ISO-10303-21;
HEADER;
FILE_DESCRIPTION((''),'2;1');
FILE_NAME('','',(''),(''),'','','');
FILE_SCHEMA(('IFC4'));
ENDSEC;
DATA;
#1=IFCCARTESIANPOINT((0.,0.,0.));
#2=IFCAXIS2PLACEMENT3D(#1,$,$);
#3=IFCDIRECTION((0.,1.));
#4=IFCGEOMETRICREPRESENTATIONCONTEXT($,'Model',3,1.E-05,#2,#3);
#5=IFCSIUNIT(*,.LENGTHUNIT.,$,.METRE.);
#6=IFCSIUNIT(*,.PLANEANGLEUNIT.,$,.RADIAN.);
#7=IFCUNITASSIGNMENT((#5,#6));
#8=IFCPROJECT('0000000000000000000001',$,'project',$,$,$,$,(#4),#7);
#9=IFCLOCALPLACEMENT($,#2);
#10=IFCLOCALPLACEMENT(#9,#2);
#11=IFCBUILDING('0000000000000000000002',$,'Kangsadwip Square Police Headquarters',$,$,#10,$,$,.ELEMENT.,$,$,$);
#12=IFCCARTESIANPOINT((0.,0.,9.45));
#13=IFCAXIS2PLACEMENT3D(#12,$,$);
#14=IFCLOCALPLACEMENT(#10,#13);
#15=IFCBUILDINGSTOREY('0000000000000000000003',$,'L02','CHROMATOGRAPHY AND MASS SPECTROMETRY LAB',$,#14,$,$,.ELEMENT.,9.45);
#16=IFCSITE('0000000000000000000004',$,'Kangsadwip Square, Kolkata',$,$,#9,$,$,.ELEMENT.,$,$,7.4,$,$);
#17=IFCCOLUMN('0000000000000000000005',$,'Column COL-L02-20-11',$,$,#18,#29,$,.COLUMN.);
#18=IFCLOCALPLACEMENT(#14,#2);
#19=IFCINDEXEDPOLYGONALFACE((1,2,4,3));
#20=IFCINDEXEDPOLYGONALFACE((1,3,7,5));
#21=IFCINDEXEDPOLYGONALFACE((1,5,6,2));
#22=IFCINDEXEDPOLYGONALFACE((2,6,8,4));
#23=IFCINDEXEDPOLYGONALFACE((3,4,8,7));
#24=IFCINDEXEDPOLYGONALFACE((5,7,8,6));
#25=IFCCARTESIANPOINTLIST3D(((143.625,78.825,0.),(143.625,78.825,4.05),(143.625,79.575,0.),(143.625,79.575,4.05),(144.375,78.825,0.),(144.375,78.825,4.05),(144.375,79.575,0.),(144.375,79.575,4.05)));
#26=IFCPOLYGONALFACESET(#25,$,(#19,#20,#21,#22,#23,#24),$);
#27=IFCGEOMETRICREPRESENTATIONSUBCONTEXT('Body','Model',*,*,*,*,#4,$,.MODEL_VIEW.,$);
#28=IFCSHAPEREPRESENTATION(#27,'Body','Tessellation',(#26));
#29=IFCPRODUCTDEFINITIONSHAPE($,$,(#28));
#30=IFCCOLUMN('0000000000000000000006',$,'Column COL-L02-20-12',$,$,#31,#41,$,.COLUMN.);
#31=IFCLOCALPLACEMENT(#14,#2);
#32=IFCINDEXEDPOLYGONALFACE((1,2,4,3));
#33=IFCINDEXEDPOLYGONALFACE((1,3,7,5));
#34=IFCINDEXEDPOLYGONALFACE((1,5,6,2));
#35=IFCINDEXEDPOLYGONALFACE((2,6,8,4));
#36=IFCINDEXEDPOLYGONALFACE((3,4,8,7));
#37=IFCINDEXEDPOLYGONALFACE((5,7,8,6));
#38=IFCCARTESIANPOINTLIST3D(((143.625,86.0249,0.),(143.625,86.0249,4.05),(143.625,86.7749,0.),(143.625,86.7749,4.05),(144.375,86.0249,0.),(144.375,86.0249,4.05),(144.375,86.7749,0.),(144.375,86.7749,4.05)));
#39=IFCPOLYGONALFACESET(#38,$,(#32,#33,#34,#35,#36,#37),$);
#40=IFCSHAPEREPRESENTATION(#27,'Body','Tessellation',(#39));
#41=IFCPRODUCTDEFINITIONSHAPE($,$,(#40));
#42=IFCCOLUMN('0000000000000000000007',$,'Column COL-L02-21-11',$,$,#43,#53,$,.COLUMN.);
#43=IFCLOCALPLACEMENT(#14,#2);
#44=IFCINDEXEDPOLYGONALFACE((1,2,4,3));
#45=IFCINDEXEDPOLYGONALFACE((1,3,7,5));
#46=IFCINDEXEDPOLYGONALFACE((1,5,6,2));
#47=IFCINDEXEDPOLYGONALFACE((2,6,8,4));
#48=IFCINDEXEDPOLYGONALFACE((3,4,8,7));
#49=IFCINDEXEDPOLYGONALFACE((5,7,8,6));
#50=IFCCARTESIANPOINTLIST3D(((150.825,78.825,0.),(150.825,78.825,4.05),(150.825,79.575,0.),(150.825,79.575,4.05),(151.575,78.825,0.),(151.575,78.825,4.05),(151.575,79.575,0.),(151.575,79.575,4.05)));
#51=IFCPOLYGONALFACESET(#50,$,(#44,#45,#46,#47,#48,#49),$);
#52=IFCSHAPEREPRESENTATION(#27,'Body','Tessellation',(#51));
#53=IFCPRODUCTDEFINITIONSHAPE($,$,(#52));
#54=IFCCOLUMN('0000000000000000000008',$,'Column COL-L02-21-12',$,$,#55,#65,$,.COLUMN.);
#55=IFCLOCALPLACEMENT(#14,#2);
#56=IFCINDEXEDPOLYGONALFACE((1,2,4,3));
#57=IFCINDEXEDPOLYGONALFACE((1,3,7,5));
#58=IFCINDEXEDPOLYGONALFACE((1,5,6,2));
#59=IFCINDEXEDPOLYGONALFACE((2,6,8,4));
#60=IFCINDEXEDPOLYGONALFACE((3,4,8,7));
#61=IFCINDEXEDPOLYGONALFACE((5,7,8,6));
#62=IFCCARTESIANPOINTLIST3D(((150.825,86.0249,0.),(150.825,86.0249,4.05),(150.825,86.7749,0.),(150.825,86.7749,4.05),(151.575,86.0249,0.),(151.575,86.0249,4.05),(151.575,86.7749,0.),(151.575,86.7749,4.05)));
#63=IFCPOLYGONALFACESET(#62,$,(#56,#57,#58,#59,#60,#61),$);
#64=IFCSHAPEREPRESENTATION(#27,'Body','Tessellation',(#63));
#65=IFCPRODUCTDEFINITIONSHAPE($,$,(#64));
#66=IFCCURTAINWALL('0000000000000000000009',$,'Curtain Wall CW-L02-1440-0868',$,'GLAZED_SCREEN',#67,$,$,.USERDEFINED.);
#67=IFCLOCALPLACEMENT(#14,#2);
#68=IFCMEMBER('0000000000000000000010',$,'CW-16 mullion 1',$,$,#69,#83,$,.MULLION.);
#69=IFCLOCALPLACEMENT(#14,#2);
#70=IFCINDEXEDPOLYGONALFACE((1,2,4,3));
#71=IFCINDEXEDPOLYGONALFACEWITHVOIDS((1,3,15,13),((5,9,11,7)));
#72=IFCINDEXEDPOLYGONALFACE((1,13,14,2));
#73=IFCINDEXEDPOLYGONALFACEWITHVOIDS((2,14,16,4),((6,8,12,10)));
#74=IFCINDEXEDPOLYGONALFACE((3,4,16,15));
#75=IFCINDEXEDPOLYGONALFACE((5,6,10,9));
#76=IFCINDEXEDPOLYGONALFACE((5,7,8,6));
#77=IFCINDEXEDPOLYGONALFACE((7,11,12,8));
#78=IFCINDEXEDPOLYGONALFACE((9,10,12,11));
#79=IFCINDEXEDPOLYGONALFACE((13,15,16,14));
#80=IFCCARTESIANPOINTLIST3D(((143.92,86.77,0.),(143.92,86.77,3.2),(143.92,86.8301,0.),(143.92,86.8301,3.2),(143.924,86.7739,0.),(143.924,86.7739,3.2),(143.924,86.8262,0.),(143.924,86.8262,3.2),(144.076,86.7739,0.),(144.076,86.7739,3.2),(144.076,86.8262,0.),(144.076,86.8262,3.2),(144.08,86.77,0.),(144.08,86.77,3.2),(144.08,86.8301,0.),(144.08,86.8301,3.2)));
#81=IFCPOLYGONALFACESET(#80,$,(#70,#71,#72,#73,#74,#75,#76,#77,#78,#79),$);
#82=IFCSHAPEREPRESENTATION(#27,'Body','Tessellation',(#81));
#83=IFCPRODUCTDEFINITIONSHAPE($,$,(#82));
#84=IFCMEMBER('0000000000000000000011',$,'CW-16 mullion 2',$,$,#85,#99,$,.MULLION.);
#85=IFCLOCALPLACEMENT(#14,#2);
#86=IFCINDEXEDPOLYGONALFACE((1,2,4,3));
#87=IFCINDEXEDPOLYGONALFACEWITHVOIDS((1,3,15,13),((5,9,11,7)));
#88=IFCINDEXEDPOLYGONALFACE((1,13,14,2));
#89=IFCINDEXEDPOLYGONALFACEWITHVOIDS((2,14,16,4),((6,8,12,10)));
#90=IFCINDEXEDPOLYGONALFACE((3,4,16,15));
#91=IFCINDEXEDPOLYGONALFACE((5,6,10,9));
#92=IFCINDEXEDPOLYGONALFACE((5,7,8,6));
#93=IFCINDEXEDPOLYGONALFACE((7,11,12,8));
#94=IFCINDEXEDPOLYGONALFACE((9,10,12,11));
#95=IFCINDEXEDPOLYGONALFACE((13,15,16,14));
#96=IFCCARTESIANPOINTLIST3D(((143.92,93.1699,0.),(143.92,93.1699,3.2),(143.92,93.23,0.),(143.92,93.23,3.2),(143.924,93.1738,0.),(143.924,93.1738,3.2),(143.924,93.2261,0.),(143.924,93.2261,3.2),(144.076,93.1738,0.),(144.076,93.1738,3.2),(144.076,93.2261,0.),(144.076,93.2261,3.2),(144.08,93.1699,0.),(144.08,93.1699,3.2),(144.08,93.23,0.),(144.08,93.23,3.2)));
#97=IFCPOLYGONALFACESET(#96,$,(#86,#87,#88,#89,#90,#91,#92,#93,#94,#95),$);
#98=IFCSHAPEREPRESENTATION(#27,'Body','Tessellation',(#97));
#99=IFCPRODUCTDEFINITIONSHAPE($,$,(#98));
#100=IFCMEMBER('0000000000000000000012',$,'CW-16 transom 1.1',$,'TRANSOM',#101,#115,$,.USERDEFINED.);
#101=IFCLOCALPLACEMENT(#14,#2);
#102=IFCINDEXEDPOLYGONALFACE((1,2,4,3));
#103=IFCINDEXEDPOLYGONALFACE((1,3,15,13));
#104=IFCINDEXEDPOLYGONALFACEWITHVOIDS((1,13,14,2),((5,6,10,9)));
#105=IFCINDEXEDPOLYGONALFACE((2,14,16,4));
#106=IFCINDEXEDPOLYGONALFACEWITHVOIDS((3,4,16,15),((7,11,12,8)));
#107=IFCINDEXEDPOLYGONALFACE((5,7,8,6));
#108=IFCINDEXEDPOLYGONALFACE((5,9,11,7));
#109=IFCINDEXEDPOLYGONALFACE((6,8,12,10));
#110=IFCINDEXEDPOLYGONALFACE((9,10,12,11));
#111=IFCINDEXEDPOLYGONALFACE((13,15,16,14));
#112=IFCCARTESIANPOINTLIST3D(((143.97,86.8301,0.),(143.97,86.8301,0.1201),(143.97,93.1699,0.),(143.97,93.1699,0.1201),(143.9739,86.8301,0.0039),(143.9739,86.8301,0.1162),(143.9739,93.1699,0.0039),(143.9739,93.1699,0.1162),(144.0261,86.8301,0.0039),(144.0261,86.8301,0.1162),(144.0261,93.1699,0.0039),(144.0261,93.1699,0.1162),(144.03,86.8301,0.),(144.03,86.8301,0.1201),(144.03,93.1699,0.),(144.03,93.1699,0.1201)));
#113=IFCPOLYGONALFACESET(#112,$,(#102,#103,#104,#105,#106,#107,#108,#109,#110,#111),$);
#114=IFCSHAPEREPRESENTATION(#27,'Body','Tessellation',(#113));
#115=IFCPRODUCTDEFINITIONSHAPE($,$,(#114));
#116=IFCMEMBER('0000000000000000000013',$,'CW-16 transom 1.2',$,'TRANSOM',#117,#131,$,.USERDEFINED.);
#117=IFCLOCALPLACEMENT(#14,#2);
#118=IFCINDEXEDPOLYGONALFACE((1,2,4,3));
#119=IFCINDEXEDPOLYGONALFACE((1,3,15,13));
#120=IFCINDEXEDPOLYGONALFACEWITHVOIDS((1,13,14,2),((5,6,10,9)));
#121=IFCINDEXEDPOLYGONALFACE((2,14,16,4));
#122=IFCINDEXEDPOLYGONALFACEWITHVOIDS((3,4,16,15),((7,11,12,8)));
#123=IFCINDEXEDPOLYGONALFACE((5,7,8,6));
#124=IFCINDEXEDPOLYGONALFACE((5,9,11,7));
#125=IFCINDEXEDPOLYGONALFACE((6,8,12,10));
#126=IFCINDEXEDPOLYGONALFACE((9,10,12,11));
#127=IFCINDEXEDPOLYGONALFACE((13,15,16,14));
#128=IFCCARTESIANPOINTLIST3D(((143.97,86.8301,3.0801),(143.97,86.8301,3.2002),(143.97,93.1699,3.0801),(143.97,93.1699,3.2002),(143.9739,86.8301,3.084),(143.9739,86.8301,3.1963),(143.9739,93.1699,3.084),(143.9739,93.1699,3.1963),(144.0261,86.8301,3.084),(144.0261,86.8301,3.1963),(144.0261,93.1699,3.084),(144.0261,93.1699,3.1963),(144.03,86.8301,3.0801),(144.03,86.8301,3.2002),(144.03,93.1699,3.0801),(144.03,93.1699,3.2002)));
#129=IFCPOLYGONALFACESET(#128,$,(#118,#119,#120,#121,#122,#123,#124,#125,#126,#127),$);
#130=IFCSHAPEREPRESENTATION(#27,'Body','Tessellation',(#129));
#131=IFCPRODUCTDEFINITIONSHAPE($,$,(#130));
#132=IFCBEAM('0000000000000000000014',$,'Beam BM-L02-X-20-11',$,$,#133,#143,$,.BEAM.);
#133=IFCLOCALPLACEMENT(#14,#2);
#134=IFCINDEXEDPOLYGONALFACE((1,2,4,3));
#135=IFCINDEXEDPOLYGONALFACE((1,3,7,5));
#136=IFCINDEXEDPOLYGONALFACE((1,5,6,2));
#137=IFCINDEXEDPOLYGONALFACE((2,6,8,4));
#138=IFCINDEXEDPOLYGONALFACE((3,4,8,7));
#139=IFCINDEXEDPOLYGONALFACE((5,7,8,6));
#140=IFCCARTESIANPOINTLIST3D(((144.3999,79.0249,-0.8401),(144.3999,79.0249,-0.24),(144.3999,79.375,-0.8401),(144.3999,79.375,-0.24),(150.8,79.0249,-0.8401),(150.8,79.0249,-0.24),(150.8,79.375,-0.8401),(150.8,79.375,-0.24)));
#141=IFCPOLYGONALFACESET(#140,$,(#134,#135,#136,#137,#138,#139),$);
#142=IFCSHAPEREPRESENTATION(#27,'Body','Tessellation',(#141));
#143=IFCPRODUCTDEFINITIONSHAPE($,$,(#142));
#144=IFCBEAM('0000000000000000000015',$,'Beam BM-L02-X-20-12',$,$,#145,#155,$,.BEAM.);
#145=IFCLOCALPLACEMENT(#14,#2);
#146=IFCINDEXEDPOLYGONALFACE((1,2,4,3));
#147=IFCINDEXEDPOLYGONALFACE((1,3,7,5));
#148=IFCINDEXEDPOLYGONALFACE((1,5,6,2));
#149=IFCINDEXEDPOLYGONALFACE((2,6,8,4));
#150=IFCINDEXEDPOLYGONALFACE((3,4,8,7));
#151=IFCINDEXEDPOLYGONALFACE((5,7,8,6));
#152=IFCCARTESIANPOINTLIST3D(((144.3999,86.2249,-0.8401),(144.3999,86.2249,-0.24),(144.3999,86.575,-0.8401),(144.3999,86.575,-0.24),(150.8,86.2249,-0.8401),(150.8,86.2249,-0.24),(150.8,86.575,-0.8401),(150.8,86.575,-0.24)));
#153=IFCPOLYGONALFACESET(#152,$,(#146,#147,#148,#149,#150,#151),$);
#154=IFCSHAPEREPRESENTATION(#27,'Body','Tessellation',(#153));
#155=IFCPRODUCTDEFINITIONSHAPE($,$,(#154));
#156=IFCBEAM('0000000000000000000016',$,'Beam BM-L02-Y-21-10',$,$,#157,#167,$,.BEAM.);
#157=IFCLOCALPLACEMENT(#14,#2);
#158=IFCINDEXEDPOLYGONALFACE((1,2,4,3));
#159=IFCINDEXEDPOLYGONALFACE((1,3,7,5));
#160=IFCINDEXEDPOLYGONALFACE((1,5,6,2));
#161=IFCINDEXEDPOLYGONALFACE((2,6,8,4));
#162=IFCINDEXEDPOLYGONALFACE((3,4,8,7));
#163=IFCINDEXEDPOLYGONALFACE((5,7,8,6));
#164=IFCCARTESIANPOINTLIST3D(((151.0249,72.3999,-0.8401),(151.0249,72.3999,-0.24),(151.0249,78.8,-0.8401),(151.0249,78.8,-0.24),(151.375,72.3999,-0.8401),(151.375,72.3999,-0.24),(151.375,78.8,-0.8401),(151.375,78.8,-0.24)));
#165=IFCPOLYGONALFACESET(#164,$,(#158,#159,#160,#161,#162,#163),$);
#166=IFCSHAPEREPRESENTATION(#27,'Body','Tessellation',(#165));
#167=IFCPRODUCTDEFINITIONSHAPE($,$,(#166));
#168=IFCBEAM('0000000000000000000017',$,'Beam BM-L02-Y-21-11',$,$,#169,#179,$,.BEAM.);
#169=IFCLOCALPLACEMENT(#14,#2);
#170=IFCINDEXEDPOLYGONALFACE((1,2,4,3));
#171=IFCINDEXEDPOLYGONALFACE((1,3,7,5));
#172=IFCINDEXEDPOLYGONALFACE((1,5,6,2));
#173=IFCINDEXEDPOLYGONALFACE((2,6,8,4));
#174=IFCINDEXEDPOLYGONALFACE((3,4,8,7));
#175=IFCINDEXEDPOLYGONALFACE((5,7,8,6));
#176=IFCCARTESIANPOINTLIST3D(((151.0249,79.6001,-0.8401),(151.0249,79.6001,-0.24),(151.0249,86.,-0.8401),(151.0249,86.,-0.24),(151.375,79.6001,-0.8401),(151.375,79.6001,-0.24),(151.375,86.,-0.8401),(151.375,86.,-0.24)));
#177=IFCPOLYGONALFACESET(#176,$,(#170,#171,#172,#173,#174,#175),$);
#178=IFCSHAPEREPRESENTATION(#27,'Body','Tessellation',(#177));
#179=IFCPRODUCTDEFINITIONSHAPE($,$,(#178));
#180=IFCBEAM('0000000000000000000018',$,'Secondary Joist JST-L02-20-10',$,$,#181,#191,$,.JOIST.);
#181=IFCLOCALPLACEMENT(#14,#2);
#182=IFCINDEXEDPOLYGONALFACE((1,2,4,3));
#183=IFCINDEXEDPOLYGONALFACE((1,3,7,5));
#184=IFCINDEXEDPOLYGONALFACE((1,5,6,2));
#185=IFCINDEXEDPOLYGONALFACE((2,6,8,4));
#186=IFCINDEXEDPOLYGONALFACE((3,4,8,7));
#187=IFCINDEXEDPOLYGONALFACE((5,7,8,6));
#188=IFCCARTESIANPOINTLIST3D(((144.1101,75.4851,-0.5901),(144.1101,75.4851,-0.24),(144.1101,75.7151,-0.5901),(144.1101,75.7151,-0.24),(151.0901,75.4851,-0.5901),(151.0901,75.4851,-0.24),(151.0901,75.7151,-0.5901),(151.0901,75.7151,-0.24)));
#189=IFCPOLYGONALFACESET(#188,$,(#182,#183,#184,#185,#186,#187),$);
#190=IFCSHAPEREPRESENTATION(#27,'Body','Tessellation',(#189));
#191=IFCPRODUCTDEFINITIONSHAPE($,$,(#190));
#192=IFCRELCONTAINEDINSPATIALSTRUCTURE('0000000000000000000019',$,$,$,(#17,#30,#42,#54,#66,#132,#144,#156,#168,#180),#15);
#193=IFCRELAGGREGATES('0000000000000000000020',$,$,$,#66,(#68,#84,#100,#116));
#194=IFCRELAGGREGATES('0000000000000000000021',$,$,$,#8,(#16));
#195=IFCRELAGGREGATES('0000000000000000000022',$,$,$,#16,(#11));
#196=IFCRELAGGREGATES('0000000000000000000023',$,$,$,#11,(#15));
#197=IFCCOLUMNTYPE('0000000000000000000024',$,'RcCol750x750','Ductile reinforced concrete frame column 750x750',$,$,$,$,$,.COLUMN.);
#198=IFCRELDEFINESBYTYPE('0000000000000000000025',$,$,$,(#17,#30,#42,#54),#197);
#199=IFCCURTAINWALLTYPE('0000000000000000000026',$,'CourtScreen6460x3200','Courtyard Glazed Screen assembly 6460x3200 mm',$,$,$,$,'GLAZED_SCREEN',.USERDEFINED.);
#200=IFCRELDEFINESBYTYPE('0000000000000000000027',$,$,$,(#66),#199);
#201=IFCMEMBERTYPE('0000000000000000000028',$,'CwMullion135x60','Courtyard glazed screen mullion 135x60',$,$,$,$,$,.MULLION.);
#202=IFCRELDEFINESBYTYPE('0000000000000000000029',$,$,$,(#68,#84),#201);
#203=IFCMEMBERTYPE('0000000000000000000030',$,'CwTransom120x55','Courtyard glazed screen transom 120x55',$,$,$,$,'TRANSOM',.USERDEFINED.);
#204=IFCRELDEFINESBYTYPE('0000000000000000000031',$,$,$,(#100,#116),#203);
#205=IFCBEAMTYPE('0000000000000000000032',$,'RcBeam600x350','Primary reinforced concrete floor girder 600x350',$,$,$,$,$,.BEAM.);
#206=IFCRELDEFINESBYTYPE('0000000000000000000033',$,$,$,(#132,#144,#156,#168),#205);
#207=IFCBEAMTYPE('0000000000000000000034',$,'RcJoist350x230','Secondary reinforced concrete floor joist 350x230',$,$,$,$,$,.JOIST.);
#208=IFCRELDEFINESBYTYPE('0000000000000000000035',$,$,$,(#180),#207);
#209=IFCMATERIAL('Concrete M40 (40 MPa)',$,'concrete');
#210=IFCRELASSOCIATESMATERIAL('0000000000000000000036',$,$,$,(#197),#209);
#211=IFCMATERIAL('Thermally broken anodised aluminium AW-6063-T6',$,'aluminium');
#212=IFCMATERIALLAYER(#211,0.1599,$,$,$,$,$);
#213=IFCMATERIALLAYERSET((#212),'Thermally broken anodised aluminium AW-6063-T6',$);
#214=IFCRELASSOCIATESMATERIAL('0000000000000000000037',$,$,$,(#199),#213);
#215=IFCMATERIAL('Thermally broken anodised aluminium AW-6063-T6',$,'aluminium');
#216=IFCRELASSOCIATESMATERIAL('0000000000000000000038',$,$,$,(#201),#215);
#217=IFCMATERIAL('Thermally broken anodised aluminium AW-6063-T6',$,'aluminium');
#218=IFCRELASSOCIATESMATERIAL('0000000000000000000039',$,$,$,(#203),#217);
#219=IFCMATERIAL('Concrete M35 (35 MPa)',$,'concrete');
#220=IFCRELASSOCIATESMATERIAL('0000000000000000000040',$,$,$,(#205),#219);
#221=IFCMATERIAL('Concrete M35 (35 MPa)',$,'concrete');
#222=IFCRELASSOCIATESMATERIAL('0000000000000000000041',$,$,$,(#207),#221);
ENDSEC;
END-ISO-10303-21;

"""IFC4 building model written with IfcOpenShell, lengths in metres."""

from ifc_helpers import new_model, si_unit, direction, frame, origin, origin_2d, place, context, subcontext, project, spatial, rectangle, hollow_rectangle, extrude, material, layer, layer_set, material_profile, profile_set, type_object, element, aggregate, save


model = new_model("IFC4")

# Units and contexts
model_context = context("Model", 3, precision=1e-05, world=origin(), true_north=direction((0.0, 1.0)))
body_context = subcontext(model_context, "Body", "Model", "MODEL_VIEW")
ifc_project = project(units=[si_unit("LENGTHUNIT", "METRE"), si_unit("PLANEANGLEUNIT", "RADIAN")], contexts=[model_context])

# Site, building, storey
site_placement = place(None, origin())
site = spatial("IfcSite", under=ifc_project, at=site_placement, Name="Kangsadwip Square, Kolkata", CompositionType="ELEMENT", RefElevation=7.4)
building_placement = place(site_placement, origin())
building = spatial("IfcBuilding", under=site, at=building_placement, Name="Kangsadwip Square Police Headquarters", CompositionType="ELEMENT")
storey_placement = place(building_placement, frame((0.0, 0.0, 9.45)))
storey = spatial("IfcBuildingStorey", under=building, at=storey_placement, Name="L02", Description="CHROMATOGRAPHY AND MASS SPECTROMETRY LAB", CompositionType="ELEMENT", Elevation=9.45)

# Columns
ifc_material_1 = material(Name="Concrete M40 (40 MPa)", Category="concrete")
ifc_material_profile_1 = material_profile(ifc_material_1, rectangle(XDim=0.75, YDim=0.75, at=origin_2d()), Name="RC COL 750X750")
ifc_profile_set_1 = profile_set([ifc_material_profile_1], Name="Concrete M40 (40 MPa)")
column_type = type_object("IfcColumnType", Name="RcCol750x750", Description="Ductile reinforced concrete frame column 750x750", PredefinedType="COLUMN", material=ifc_profile_set_1)
for number, where, z_axis, x_axis, name in (
    (1, (144.0, 79.2, 0.0), (0.0, 0.0, 1.0), (1.0, 0.0, 0.0), "Column COL-L02-20-11"),
    (2, (144.0, 86.3999, 0.0), (0.0, 0.0, 1.0), (1.0, 0.0, 0.0), "Column COL-L02-20-12"),
    (3, (151.2, 79.2, 0.0), (0.0, 0.0, 1.0), (1.0, 0.0, 0.0), "Column COL-L02-21-11"),
    (4, (151.2, 86.3999, 0.0), (0.0, 0.0, 1.0), (1.0, 0.0, 0.0), "Column COL-L02-21-12"),
):
    element("IfcColumn", number, at=place(storey_placement, frame(where, z_axis=z_axis, x_axis=x_axis)), inside=storey, type_object=column_type, Name=name, PredefinedType="COLUMN", context=body_context, shape_type="SweptSolid", body=[
        extrude(rectangle(XDim=0.75, YDim=0.75, at=origin_2d()), origin(), (0.0, 0.0, 1.0), 4.05),
    ])

# Curtain wall, members
ifc_material_2 = material(Name="Thermally broken anodised aluminium AW-6063-T6", Category="aluminium")
ifc_layer_1 = layer(ifc_material_2, 0.1599)
ifc_layer_set_1 = layer_set([ifc_layer_1], Name="Thermally broken anodised aluminium AW-6063-T6")
curtain_wall_type = type_object("IfcCurtainWallType", Name="CourtScreen6460x3200", Description="Courtyard Glazed Screen assembly 6460x3200 mm", ElementType="GLAZED_SCREEN", PredefinedType="USERDEFINED", material=ifc_layer_set_1)
curtain_wall_placement = place(storey_placement, origin())
curtain_wall = element("IfcCurtainWall", 5, at=curtain_wall_placement, inside=storey, type_object=curtain_wall_type, Name="Curtain Wall CW-L02-1440-0868", ObjectType="GLAZED_SCREEN", PredefinedType="USERDEFINED")
ifc_material_3 = material(Name="Thermally broken anodised aluminium AW-6063-T6", Category="aluminium")
ifc_material_profile_2 = material_profile(ifc_material_3, hollow_rectangle(XDim=0.0601, YDim=0.1599, WallThickness=0.0039, at=origin_2d()), Name="CWM 160X60X4")
ifc_profile_set_2 = profile_set([ifc_material_profile_2], Name="Thermally broken anodised aluminium AW-6063-T6")
member_type_1 = type_object("IfcMemberType", Name="CwMullion135x60", Description="Courtyard glazed screen mullion 135x60", PredefinedType="MULLION", material=ifc_profile_set_2)
member_1_placement = place(storey_placement, frame((144.0, 86.8, 0.0), z_axis=(0.0, 0.0, 1.0), x_axis=(0.0, 1.0, 0.0)))
member_1 = element("IfcMember", 6, at=member_1_placement, type_object=member_type_1, Name="CW-16 mullion 1", PredefinedType="MULLION", context=body_context, shape_type="SweptSolid", body=[
    extrude(hollow_rectangle(XDim=0.0601, YDim=0.1599, WallThickness=0.0039, at=origin_2d()), origin(), (0.0, 0.0, 1.0), 3.2),
])
member_2_placement = place(storey_placement, frame((144.0, 93.2, 0.0), z_axis=(0.0, 0.0, 1.0), x_axis=(0.0, 1.0, 0.0)))
member_2 = element("IfcMember", 7, at=member_2_placement, type_object=member_type_1, Name="CW-16 mullion 2", PredefinedType="MULLION", context=body_context, shape_type="SweptSolid", body=[
    extrude(hollow_rectangle(XDim=0.0601, YDim=0.1599, WallThickness=0.0039, at=origin_2d()), origin(), (0.0, 0.0, 1.0), 3.2),
])
ifc_material_4 = material(Name="Thermally broken anodised aluminium AW-6063-T6", Category="aluminium")
ifc_material_profile_3 = material_profile(ifc_material_4, hollow_rectangle(XDim=0.0601, YDim=0.1201, WallThickness=0.0039, at=origin_2d()), Name="CWT 120X60X4")
ifc_profile_set_3 = profile_set([ifc_material_profile_3], Name="Thermally broken anodised aluminium AW-6063-T6")
member_type_2 = type_object("IfcMemberType", Name="CwTransom120x55", Description="Courtyard glazed screen transom 120x55", ElementType="TRANSOM", PredefinedType="USERDEFINED", material=ifc_profile_set_3)
member_3_placement = place(storey_placement, frame((144.0, 86.8301, 0.0601), z_axis=(0.0, 1.0, 0.0), x_axis=(-1.0, 0.0, 0.0)))
member_3 = element("IfcMember", 8, at=member_3_placement, type_object=member_type_2, Name="CW-16 transom 1.1", ObjectType="TRANSOM", PredefinedType="USERDEFINED", context=body_context, shape_type="SweptSolid", body=[
    extrude(hollow_rectangle(XDim=0.0601, YDim=0.1201, WallThickness=0.0039, at=origin_2d()), origin(), (0.0, 0.0, 1.0), 6.3398),
])
member_4_placement = place(storey_placement, frame((144.0, 86.8301, 3.1401), z_axis=(0.0, 1.0, 0.0), x_axis=(-1.0, 0.0, 0.0)))
member_4 = element("IfcMember", 9, at=member_4_placement, type_object=member_type_2, Name="CW-16 transom 1.2", ObjectType="TRANSOM", PredefinedType="USERDEFINED", context=body_context, shape_type="SweptSolid", body=[
    extrude(hollow_rectangle(XDim=0.0601, YDim=0.1201, WallThickness=0.0039, at=origin_2d()), origin(), (0.0, 0.0, 1.0), 6.3398),
])

# Beams
ifc_material_5 = material(Name="Concrete M35 (35 MPa)", Category="concrete")
ifc_material_profile_4 = material_profile(ifc_material_5, rectangle(XDim=0.3501, YDim=0.6001, at=origin_2d()), Name="RC BM 600X350")
ifc_profile_set_4 = profile_set([ifc_material_profile_4], Name="Concrete M35 (35 MPa)")
beam_type_1 = type_object("IfcBeamType", Name="RcBeam600x350", Description="Primary reinforced concrete floor girder 600x350", PredefinedType="BEAM", material=ifc_profile_set_4)
for number, where, z_axis, x_axis, name in (
    (10, (144.3999, 79.2, -0.54), (1.0, 0.0, 0.0), (0.0, 1.0, 0.0), "Beam BM-L02-X-20-11"),
    (11, (144.3999, 86.3999, -0.54), (1.0, 0.0, 0.0), (0.0, 1.0, 0.0), "Beam BM-L02-X-20-12"),
    (12, (151.2, 72.3999, -0.54), (0.0, 1.0, 0.0), (-1.0, 0.0, 0.0), "Beam BM-L02-Y-21-10"),
):
    element("IfcBeam", number, at=place(storey_placement, frame(where, z_axis=z_axis, x_axis=x_axis)), inside=storey, type_object=beam_type_1, Name=name, PredefinedType="BEAM", context=body_context, shape_type="SweptSolid", body=[
        extrude(rectangle(XDim=0.3501, YDim=0.6001, at=origin_2d()), origin(), (0.0, 0.0, 1.0), 6.4001),
    ])
beam_1_placement = place(storey_placement, frame((151.2, 79.6001, -0.54), z_axis=(0.0, 1.0, 0.0), x_axis=(-1.0, 0.0, 0.0)))
element("IfcBeam", 13, at=beam_1_placement, inside=storey, type_object=beam_type_1, Name="Beam BM-L02-Y-21-11", PredefinedType="BEAM", context=body_context, shape_type="SweptSolid", body=[
    extrude(rectangle(XDim=0.3501, YDim=0.6001, at=origin_2d()), origin(), (0.0, 0.0, 1.0), 6.3999),
])
ifc_material_6 = material(Name="Concrete M35 (35 MPa)", Category="concrete")
ifc_material_profile_5 = material_profile(ifc_material_6, rectangle(XDim=0.23, YDim=0.3501, at=origin_2d()), Name="RC JST 350X230")
ifc_profile_set_5 = profile_set([ifc_material_profile_5], Name="Concrete M35 (35 MPa)")
beam_type_2 = type_object("IfcBeamType", Name="RcJoist350x230", Description="Secondary reinforced concrete floor joist 350x230", PredefinedType="JOIST", material=ifc_profile_set_5)
beam_2_placement = place(storey_placement, frame((144.1101, 75.6001, -0.415), z_axis=(1.0, 0.0, 0.0), x_axis=(0.0, 1.0, 0.0)))
element("IfcBeam", 14, at=beam_2_placement, inside=storey, type_object=beam_type_2, Name="Secondary Joist JST-L02-20-10", PredefinedType="JOIST", context=body_context, shape_type="SweptSolid", body=[
    extrude(rectangle(XDim=0.23, YDim=0.3501, at=origin_2d()), origin(), (0.0, 0.0, 1.0), 6.98),
])

aggregate(curtain_wall, [member_1, member_2, member_3, member_4])

save(model, "model.ifc")
